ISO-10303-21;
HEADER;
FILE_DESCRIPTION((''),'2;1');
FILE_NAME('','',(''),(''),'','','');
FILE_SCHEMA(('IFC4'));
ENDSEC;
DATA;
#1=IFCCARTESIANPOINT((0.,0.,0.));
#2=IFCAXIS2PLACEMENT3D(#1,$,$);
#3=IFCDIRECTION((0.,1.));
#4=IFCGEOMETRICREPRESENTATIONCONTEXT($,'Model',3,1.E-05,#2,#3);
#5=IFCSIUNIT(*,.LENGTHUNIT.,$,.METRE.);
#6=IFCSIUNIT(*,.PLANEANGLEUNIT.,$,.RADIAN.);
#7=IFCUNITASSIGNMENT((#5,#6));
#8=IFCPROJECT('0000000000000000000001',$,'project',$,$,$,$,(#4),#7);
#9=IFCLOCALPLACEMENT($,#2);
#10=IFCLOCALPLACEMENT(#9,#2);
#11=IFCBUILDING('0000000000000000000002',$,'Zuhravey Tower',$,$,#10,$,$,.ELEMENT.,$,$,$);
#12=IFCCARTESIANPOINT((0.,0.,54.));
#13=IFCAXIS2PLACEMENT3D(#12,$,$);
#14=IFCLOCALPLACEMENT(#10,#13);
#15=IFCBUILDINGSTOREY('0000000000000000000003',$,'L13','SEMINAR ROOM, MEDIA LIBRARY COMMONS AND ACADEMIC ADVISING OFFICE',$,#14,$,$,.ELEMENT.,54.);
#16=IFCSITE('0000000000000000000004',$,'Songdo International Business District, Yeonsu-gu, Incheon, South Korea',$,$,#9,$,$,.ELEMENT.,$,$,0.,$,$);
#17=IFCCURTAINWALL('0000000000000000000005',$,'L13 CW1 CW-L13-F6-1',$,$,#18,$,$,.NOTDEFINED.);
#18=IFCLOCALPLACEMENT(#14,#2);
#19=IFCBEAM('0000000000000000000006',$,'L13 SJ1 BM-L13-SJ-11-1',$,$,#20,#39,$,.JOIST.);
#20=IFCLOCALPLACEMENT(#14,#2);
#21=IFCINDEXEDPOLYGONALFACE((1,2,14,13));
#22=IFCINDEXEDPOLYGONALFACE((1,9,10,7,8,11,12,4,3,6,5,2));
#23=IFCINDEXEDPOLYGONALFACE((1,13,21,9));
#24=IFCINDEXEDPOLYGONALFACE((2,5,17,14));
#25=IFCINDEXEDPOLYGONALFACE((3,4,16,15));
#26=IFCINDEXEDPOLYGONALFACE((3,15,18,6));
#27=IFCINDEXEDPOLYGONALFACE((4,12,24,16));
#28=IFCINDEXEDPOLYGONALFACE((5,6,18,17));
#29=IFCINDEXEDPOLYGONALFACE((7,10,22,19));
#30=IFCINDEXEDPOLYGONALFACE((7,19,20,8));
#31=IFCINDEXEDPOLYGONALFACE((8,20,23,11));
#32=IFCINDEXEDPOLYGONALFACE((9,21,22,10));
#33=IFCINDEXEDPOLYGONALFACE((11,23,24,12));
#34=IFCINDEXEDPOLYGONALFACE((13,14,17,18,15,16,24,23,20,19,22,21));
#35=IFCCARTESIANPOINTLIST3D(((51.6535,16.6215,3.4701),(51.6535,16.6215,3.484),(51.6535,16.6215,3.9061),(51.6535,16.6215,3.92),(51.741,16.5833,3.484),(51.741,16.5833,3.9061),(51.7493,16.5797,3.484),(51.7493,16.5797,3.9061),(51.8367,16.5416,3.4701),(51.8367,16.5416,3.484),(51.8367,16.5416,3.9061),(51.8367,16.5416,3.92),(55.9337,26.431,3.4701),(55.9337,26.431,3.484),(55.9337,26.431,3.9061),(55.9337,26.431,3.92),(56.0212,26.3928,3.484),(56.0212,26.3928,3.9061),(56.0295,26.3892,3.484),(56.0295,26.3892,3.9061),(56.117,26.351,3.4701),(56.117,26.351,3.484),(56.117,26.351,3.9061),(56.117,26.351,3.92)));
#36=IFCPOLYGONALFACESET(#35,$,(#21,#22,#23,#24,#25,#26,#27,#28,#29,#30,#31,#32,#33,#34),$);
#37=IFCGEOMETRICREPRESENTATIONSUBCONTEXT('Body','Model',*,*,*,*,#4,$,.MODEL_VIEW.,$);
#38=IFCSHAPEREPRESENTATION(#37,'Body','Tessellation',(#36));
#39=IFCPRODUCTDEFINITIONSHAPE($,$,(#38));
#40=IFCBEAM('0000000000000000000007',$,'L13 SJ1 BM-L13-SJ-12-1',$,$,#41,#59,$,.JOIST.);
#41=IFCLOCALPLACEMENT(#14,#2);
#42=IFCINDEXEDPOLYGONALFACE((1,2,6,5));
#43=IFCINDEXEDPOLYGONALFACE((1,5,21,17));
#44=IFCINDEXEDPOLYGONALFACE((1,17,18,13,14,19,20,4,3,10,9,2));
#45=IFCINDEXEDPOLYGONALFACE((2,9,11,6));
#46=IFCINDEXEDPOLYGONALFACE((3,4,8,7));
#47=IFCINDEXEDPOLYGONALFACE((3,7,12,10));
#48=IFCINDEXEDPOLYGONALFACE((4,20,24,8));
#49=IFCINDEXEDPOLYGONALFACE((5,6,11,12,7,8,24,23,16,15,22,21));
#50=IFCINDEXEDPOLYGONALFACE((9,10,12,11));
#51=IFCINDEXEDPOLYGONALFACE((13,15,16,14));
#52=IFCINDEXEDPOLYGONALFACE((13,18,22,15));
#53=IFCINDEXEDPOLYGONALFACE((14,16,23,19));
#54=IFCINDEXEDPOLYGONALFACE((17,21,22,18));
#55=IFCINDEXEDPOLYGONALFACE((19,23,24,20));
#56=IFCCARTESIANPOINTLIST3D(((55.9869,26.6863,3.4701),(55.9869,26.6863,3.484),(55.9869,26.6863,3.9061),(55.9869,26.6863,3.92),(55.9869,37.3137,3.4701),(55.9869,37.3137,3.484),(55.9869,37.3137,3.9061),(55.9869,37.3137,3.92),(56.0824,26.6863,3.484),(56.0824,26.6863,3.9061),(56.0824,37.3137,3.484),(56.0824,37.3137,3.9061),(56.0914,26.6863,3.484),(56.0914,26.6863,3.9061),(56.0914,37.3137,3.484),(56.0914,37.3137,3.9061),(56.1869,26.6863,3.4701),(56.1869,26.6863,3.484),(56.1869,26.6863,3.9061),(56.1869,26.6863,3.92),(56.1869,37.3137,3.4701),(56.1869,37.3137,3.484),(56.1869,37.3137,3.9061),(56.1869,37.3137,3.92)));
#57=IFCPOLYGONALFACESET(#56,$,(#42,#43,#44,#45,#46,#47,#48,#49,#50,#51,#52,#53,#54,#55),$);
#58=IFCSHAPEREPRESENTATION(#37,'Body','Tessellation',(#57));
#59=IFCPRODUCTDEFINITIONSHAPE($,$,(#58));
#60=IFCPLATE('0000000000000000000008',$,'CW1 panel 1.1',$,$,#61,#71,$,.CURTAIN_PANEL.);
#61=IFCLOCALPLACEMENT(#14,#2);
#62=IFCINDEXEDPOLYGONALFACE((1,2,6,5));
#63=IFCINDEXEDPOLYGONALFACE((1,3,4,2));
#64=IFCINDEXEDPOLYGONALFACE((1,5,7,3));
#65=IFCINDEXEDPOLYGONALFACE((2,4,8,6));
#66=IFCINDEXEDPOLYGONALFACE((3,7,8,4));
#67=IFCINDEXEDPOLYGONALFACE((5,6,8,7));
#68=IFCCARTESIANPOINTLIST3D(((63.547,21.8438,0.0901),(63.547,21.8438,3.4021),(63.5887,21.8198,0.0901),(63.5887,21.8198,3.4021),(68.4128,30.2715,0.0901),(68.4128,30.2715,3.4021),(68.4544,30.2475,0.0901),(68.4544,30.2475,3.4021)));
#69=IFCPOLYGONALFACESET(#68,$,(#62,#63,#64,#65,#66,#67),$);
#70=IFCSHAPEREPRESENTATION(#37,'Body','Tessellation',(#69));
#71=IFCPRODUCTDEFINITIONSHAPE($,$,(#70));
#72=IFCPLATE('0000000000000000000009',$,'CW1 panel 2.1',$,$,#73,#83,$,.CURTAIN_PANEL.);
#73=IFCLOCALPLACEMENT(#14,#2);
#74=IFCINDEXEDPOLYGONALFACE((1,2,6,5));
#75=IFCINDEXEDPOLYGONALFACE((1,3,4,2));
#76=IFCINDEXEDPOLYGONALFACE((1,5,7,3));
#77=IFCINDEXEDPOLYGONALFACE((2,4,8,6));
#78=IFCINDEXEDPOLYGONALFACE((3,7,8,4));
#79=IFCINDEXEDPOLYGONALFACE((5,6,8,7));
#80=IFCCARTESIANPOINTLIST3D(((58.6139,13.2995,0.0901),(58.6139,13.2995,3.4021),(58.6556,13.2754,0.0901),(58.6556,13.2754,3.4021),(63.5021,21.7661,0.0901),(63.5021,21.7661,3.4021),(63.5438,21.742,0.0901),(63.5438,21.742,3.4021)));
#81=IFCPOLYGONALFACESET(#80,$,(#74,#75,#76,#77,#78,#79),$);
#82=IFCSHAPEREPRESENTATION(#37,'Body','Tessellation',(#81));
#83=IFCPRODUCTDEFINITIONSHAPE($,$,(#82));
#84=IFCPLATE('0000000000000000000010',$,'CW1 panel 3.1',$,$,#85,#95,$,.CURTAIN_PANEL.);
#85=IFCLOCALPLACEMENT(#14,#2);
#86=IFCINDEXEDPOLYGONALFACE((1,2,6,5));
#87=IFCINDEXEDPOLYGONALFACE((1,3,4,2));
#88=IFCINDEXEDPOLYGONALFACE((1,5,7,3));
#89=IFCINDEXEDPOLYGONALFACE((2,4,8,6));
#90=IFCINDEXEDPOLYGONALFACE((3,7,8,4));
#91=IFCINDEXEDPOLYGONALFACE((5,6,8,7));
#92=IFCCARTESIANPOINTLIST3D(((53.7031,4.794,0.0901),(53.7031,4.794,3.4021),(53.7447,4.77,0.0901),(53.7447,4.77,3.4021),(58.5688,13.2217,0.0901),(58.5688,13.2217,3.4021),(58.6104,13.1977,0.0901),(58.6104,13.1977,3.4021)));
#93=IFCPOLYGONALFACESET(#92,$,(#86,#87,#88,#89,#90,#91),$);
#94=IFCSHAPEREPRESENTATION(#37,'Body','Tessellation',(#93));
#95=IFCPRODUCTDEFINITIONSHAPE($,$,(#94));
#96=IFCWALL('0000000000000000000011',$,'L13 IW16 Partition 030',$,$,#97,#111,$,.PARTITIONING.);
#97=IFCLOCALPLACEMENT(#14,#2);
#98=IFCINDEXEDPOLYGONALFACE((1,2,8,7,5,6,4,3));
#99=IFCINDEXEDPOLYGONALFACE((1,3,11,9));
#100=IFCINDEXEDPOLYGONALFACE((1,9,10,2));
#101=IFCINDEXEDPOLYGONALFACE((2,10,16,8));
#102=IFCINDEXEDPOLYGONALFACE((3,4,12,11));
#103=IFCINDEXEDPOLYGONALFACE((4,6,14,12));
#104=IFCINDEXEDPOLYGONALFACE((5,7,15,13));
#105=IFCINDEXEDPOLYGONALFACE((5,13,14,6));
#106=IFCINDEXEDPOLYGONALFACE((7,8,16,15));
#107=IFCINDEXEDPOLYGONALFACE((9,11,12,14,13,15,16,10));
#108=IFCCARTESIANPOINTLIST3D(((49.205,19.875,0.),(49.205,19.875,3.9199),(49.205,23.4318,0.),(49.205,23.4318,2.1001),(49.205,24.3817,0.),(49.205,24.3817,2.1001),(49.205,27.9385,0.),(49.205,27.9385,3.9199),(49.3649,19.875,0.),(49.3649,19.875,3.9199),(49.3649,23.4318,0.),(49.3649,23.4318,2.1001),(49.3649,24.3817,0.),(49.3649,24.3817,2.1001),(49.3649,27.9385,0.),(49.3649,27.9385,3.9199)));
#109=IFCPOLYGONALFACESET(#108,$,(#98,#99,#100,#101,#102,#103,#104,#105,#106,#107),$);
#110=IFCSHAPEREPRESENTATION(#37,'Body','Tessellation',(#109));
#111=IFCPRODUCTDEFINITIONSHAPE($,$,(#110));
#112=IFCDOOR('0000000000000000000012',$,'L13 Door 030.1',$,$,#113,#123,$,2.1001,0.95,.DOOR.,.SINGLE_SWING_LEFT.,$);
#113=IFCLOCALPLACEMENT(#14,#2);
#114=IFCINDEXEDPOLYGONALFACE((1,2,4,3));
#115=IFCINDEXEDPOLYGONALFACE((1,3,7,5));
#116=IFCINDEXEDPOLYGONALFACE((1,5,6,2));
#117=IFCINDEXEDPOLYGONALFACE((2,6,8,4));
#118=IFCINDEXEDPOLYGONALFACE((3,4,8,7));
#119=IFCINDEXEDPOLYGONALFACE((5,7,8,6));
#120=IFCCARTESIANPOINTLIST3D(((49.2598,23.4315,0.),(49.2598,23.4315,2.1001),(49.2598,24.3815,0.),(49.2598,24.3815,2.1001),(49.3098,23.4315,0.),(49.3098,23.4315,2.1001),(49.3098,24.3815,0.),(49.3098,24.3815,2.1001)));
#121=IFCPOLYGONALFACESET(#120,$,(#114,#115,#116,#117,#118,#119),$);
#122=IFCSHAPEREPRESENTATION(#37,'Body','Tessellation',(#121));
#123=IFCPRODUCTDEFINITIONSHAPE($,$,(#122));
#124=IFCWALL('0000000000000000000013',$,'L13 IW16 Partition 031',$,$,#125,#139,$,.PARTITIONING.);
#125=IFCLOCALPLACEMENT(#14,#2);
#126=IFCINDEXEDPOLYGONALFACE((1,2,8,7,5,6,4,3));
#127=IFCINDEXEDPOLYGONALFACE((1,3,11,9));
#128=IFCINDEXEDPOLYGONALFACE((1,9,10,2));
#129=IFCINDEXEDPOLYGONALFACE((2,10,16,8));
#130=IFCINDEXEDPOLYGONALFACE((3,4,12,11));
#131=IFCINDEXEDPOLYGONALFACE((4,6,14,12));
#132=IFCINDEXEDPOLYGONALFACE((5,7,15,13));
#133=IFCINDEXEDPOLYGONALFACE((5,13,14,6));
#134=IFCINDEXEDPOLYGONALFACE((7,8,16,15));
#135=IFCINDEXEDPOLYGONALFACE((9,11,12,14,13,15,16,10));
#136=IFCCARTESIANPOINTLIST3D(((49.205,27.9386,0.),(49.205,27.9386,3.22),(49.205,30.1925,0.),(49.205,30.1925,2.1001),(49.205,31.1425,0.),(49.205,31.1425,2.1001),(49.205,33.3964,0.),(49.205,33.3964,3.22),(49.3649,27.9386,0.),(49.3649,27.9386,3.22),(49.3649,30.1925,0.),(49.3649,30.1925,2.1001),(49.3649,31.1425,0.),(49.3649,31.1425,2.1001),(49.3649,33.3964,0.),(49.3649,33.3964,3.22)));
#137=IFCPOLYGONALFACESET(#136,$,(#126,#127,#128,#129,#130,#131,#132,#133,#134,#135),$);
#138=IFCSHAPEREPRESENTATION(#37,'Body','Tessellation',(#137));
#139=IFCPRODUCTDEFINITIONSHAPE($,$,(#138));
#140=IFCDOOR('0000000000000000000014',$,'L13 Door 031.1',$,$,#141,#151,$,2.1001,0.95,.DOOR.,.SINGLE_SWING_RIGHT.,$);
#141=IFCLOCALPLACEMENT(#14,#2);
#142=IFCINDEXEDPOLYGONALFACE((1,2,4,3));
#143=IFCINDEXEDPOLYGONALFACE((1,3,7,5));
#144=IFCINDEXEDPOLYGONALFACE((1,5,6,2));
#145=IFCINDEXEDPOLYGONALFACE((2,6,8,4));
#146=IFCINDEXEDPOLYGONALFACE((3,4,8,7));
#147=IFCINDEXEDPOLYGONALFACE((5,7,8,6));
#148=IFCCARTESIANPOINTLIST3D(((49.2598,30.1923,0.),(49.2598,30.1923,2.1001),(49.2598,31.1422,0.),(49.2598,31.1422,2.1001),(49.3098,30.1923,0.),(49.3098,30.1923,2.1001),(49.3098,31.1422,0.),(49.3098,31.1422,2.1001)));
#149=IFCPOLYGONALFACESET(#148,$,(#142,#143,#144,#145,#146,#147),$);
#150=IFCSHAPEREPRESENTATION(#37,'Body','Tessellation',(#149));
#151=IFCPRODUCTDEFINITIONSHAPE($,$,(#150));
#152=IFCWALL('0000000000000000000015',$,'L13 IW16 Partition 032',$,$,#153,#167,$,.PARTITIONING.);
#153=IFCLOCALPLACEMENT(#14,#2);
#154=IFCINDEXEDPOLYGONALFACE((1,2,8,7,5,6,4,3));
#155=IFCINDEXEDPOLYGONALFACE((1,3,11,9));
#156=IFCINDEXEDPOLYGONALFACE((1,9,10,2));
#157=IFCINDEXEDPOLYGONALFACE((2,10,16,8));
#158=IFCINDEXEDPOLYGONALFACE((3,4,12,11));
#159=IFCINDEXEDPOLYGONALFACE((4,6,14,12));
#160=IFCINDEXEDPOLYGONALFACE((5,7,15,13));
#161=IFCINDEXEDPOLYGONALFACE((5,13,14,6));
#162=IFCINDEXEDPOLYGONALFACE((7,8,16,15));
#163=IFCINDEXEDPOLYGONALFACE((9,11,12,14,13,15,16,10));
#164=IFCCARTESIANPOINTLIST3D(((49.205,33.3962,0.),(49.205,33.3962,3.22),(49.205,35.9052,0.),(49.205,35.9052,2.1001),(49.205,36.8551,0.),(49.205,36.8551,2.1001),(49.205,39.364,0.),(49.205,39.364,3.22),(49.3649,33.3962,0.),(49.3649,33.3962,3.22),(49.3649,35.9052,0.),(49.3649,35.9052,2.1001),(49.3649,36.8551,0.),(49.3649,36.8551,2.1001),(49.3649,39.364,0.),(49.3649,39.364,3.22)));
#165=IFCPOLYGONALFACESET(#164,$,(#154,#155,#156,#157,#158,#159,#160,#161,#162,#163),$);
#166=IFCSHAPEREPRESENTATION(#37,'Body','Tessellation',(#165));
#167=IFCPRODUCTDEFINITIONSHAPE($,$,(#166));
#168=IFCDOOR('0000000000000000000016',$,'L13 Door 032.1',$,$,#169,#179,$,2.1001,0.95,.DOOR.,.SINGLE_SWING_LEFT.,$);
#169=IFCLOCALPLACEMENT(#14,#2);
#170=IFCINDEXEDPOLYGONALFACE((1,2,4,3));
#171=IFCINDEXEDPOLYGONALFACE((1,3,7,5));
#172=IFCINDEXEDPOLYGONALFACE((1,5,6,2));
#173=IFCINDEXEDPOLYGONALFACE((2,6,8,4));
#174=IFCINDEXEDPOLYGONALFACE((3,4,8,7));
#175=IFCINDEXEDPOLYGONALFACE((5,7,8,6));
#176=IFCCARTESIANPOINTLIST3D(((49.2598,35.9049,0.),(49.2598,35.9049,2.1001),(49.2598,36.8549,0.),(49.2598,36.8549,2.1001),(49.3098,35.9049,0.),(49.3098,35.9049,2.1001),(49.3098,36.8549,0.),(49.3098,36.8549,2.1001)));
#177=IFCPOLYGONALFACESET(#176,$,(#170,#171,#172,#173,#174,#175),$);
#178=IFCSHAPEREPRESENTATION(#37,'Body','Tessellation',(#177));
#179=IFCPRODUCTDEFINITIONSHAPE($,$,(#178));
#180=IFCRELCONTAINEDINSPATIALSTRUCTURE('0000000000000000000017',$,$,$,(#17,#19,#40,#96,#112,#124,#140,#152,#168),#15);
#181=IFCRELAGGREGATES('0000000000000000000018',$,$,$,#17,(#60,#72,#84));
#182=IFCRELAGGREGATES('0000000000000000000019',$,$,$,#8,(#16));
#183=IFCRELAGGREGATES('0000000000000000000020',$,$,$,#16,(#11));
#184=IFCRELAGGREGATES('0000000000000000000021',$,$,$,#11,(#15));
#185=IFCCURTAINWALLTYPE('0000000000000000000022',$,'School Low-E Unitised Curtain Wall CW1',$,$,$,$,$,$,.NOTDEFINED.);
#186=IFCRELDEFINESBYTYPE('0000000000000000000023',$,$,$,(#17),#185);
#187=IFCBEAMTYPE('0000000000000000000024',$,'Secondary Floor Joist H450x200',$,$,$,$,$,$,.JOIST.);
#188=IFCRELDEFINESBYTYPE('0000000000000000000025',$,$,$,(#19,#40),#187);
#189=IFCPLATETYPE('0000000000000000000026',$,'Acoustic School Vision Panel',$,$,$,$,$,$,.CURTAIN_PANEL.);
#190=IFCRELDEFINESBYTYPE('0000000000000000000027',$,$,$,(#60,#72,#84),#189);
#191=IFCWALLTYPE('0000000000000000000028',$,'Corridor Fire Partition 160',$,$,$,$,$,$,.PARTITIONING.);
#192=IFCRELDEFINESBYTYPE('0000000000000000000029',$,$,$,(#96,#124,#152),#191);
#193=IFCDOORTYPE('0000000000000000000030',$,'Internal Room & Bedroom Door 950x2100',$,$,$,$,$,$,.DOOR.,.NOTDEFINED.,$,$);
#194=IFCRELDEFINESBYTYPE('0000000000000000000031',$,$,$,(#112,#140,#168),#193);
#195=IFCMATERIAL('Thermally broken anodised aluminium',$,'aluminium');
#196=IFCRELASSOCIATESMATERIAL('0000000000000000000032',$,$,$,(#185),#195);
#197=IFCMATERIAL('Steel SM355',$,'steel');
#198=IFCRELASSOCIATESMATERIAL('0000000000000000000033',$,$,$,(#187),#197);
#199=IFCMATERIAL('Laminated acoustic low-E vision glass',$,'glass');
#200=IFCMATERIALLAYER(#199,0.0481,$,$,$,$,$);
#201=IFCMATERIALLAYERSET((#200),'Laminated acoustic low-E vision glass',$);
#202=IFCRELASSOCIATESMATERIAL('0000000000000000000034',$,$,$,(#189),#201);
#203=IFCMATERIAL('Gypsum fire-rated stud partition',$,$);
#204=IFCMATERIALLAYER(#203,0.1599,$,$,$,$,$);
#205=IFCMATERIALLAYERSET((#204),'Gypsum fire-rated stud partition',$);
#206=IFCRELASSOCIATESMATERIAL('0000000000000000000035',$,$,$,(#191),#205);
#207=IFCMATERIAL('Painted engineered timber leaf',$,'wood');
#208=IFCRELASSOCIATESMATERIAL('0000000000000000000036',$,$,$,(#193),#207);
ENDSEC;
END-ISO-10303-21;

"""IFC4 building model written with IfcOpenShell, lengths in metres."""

from ifc_helpers import new_model, si_unit, direction, frame, frame_2d, origin, origin_2d, place, context, subcontext, project, spatial, rectangle, i_section, extrude, material, layer, layer_set, material_profile, profile_set, type_object, element, fill, aggregate, save


model = new_model("IFC4")

# Units and contexts
model_context = context("Model", 3, precision=1e-05, world=origin(), true_north=direction((0.0, 1.0)))
body_context = subcontext(model_context, "Body", "Model", "MODEL_VIEW")
ifc_project = project(units=[si_unit("LENGTHUNIT", "METRE"), si_unit("PLANEANGLEUNIT", "RADIAN")], contexts=[model_context])

# Site, building, storey
site_placement = place(None, origin())
site = spatial("IfcSite", under=ifc_project, at=site_placement, Name="Songdo International Business District, Yeonsu-gu, Incheon, South Korea", CompositionType="ELEMENT", RefElevation=0.0)
building_placement = place(site_placement, origin())
building = spatial("IfcBuilding", under=site, at=building_placement, Name="Zuhravey Tower", CompositionType="ELEMENT")
storey_placement = place(building_placement, frame((0.0, 0.0, 54.0)))
storey = spatial("IfcBuildingStorey", under=building, at=storey_placement, Name="L13", Description="SEMINAR ROOM, MEDIA LIBRARY COMMONS AND ACADEMIC ADVISING OFFICE", CompositionType="ELEMENT", Elevation=54.0)

# Curtain wall
ifc_material_1 = material(Name="Thermally broken anodised aluminium", Category="aluminium")
curtain_wall_type = type_object("IfcCurtainWallType", Name="School Low-E Unitised Curtain Wall CW1", PredefinedType="NOTDEFINED", material=ifc_material_1)
curtain_wall_1_placement = place(storey_placement, origin())
curtain_wall_1 = element("IfcCurtainWall", 1, at=curtain_wall_1_placement, inside=storey, type_object=curtain_wall_type, Name="L13 CW1 CW-L13-F6-1", PredefinedType="NOTDEFINED")

# Beams
ifc_material_2 = material(Name="Steel SM355", Category="steel")
ifc_material_profile_1 = material_profile(ifc_material_2, i_section(OverallWidth=0.2, OverallDepth=0.45, WebThickness=0.009, FlangeThickness=0.0139, at=origin_2d()), Name="H-450x200x9x14")
ifc_profile_set_1 = profile_set([ifc_material_profile_1], Name="Steel SM355")
beam_type_1 = type_object("IfcBeamType", Name="Secondary Floor Joist H450x200", PredefinedType="JOIST", material=ifc_profile_set_1)
beam_1_placement = place(storey_placement, frame((51.7451, 16.5815, 3.6951), z_axis=(0.399924, 0.916549, 0.0), x_axis=(-0.916549, 0.399924, 0.0)))
element("IfcBeam", 2, at=beam_1_placement, inside=storey, type_object=beam_type_1, Name="L13 SJ1 BM-L13-SJ-11-1", PredefinedType="JOIST", context=body_context, shape_type="SweptSolid", body=[
    extrude(i_section(OverallWidth=0.2, OverallDepth=0.45, WebThickness=0.009, FlangeThickness=0.0139, at=origin_2d()), origin(), (0.0, 0.0, 1.0), 10.7026),
])
beam_2_placement = place(storey_placement, frame((56.0869, 26.6863, 3.6951), z_axis=(0.0, 1.0, 0.0), x_axis=(-1.0, 0.0, 0.0)))
element("IfcBeam", 3, at=beam_2_placement, inside=storey, type_object=beam_type_1, Name="L13 SJ1 BM-L13-SJ-12-1", PredefinedType="JOIST", context=body_context, shape_type="SweptSolid", body=[
    extrude(i_section(OverallWidth=0.2, OverallDepth=0.45, WebThickness=0.009, FlangeThickness=0.0139, at=origin_2d()), origin(), (0.0, 0.0, 1.0), 10.6274),
])

# Plates
ifc_material_3 = material(Name="Laminated acoustic low-E vision glass", Category="glass")
ifc_layer_1 = layer(ifc_material_3, 0.0481)
ifc_layer_set_1 = layer_set([ifc_layer_1], Name="Laminated acoustic low-E vision glass")
plate_type = type_object("IfcPlateType", Name="Acoustic School Vision Panel", PredefinedType="CURTAIN_PANEL", material=ifc_layer_set_1)
plate_1_placement = place(storey_placement, frame((66.0007, 26.0457, 0.0901), z_axis=(0.0, 0.0, 1.0), x_axis=(-0.5, -0.866026, 0.0)))
plate_1 = element("IfcPlate", 4, at=plate_1_placement, type_object=plate_type, Name="CW1 panel 1.1", PredefinedType="CURTAIN_PANEL", context=body_context, shape_type="SweptSolid", body=[
    extrude(rectangle(XDim=9.7314, YDim=0.0481, at=origin_2d()), origin(), (0.0, 0.0, 1.0), 3.312),
])
plate_2_placement = place(storey_placement, frame((61.0789, 17.5208, 0.0901), z_axis=(0.0, 0.0, 1.0), x_axis=(-0.5, -0.866026, 0.0)))
plate_2 = element("IfcPlate", 5, at=plate_2_placement, type_object=plate_type, Name="CW1 panel 2.1", PredefinedType="CURTAIN_PANEL", context=body_context, shape_type="SweptSolid", body=[
    extrude(rectangle(XDim=9.7764, YDim=0.0481, at=origin_2d()), origin(), (0.0, 0.0, 1.0), 3.312),
])
plate_3_placement = place(storey_placement, frame((56.1567, 8.9958, 0.0901), z_axis=(0.0, 0.0, 1.0), x_axis=(-0.5, -0.866026, 0.0)))
plate_3 = element("IfcPlate", 6, at=plate_3_placement, type_object=plate_type, Name="CW1 panel 3.1", PredefinedType="CURTAIN_PANEL", context=body_context, shape_type="SweptSolid", body=[
    extrude(rectangle(XDim=9.7314, YDim=0.0481, at=origin_2d()), origin(), (0.0, 0.0, 1.0), 3.312),
])
aggregate(curtain_wall_1, [plate_1, plate_2, plate_3])

# Walls, openings, doors
ifc_material_4 = material(Name="Gypsum fire-rated stud partition")
ifc_layer_2 = layer(ifc_material_4, 0.1599)
ifc_layer_set_2 = layer_set([ifc_layer_2], Name="Gypsum fire-rated stud partition")
wall_type_1 = type_object("IfcWallType", Name="Corridor Fire Partition 160", PredefinedType="PARTITIONING", material=ifc_layer_set_2)
wall_1_placement = place(storey_placement, frame((49.2849, 19.875, 0.0), z_axis=(0.0, 0.0, 1.0), x_axis=(0.0, 1.0, 0.0)))
wall_1 = element("IfcWall", 7, at=wall_1_placement, inside=storey, type_object=wall_type_1, Name="L13 IW16 Partition 030", PredefinedType="PARTITIONING", context=body_context, shape_type="SweptSolid", body=[
    extrude(rectangle(XDim=8.0635, YDim=0.1599, at=frame_2d((4.0317, 0.0))), origin(), (0.0, 0.0, 1.0), 3.9199),
])
opening_1_placement = place(wall_1_placement, frame((3.5566, 0.0, 0.0)))
opening_1 = element("IfcOpeningElement", 8, at=opening_1_placement, cuts=wall_1, PredefinedType="OPENING", context=body_context, shape_type="SweptSolid", body=[
    extrude(rectangle(XDim=0.95, YDim=2.1001, at=frame_2d((0.4751, 1.05))), frame((0.0, 0.092, 0.0), z_axis=(0.0, -1.0, 0.0), x_axis=(1.0, 0.0, 0.0)), (0.0, 0.0, 1.0), 0.1838),
])
ifc_material_5 = material(Name="Painted engineered timber leaf", Category="wood")
door_type = type_object("IfcDoorType", Name="Internal Room & Bedroom Door 950x2100", OperationType="NOTDEFINED", PredefinedType="DOOR", material=ifc_material_5)
door_1_placement = place(opening_1_placement, frame((0.95, 0.0, 0.0), z_axis=(0.0, 0.0, 1.0), x_axis=(-1.0, 0.0, 0.0)))
door_1 = element("IfcDoor", 9, at=door_1_placement, inside=storey, type_object=door_type, Name="L13 Door 030.1", OperationType="SINGLE_SWING_LEFT", OverallHeight=2.1001, OverallWidth=0.95, PredefinedType="DOOR", context=body_context, shape_type="SweptSolid", body=[
    extrude(rectangle(XDim=0.95, YDim=2.1001, at=frame_2d((0.4751, 1.05))), frame((0.0, 0.0249, 0.0), z_axis=(0.0, -1.0, 0.0), x_axis=(1.0, 0.0, 0.0)), (0.0, 0.0, 1.0), 0.05),
])
fill(opening_1, door_1)
wall_2_placement = place(storey_placement, frame((49.2849, 27.9385, 0.0), z_axis=(0.0, 0.0, 1.0), x_axis=(0.0, 1.0, 0.0)))
wall_2 = element("IfcWall", 10, at=wall_2_placement, inside=storey, type_object=wall_type_1, Name="L13 IW16 Partition 031", PredefinedType="PARTITIONING", context=body_context, shape_type="SweptSolid", body=[
    extrude(rectangle(XDim=5.4578, YDim=0.1599, at=frame_2d((2.729, 0.0))), origin(), (0.0, 0.0, 1.0), 3.22),
])
opening_2_placement = place(wall_2_placement, frame((2.2539, 0.0, 0.0)))
opening_2 = element("IfcOpeningElement", 11, at=opening_2_placement, cuts=wall_2, PredefinedType="OPENING", context=body_context, shape_type="SweptSolid", body=[
    extrude(rectangle(XDim=0.95, YDim=2.1001, at=frame_2d((0.4751, 1.05))), frame((0.0, 0.092, 0.0), z_axis=(0.0, -1.0, 0.0), x_axis=(1.0, 0.0, 0.0)), (0.0, 0.0, 1.0), 0.1838),
])
door_2_placement = place(opening_2_placement, frame((0.95, 0.0, 0.0), z_axis=(0.0, 0.0, 1.0), x_axis=(-1.0, 0.0, 0.0)))
door_2 = element("IfcDoor", 12, at=door_2_placement, inside=storey, type_object=door_type, Name="L13 Door 031.1", OperationType="SINGLE_SWING_RIGHT", OverallHeight=2.1001, OverallWidth=0.95, PredefinedType="DOOR", context=body_context, shape_type="SweptSolid", body=[
    extrude(rectangle(XDim=0.95, YDim=2.1001, at=frame_2d((0.4751, 1.05))), frame((0.0, 0.0249, 0.0), z_axis=(0.0, -1.0, 0.0), x_axis=(1.0, 0.0, 0.0)), (0.0, 0.0, 1.0), 0.05),
])
fill(opening_2, door_2)
wall_3_placement = place(storey_placement, frame((49.2849, 33.3962, 0.0), z_axis=(0.0, 0.0, 1.0), x_axis=(0.0, 1.0, 0.0)))
wall_3 = element("IfcWall", 13, at=wall_3_placement, inside=storey, type_object=wall_type_1, Name="L13 IW16 Partition 032", PredefinedType="PARTITIONING", context=body_context, shape_type="SweptSolid", body=[
    extrude(rectangle(XDim=5.9678, YDim=0.1599, at=frame_2d((2.9839, 0.0))), origin(), (0.0, 0.0, 1.0), 3.22),
])
opening_3_placement = place(wall_3_placement, frame((2.5088, 0.0, 0.0)))
opening_3 = element("IfcOpeningElement", 14, at=opening_3_placement, cuts=wall_3, PredefinedType="OPENING", context=body_context, shape_type="SweptSolid", body=[
    extrude(rectangle(XDim=0.95, YDim=2.1001, at=frame_2d((0.4751, 1.05))), frame((0.0, 0.092, 0.0), z_axis=(0.0, -1.0, 0.0), x_axis=(1.0, 0.0, 0.0)), (0.0, 0.0, 1.0), 0.1838),
])
door_3_placement = place(opening_3_placement, frame((0.95, 0.0, 0.0), z_axis=(0.0, 0.0, 1.0), x_axis=(-1.0, 0.0, 0.0)))
door_3 = element("IfcDoor", 15, at=door_3_placement, inside=storey, type_object=door_type, Name="L13 Door 032.1", OperationType="SINGLE_SWING_LEFT", OverallHeight=2.1001, OverallWidth=0.95, PredefinedType="DOOR", context=body_context, shape_type="SweptSolid", body=[
    extrude(rectangle(XDim=0.95, YDim=2.1001, at=frame_2d((0.4751, 1.05))), frame((0.0, 0.0249, 0.0), z_axis=(0.0, -1.0, 0.0), x_axis=(1.0, 0.0, 0.0)), (0.0, 0.0, 1.0), 0.05),
])
fill(opening_3, door_3)

save(model, "model.ifc")
